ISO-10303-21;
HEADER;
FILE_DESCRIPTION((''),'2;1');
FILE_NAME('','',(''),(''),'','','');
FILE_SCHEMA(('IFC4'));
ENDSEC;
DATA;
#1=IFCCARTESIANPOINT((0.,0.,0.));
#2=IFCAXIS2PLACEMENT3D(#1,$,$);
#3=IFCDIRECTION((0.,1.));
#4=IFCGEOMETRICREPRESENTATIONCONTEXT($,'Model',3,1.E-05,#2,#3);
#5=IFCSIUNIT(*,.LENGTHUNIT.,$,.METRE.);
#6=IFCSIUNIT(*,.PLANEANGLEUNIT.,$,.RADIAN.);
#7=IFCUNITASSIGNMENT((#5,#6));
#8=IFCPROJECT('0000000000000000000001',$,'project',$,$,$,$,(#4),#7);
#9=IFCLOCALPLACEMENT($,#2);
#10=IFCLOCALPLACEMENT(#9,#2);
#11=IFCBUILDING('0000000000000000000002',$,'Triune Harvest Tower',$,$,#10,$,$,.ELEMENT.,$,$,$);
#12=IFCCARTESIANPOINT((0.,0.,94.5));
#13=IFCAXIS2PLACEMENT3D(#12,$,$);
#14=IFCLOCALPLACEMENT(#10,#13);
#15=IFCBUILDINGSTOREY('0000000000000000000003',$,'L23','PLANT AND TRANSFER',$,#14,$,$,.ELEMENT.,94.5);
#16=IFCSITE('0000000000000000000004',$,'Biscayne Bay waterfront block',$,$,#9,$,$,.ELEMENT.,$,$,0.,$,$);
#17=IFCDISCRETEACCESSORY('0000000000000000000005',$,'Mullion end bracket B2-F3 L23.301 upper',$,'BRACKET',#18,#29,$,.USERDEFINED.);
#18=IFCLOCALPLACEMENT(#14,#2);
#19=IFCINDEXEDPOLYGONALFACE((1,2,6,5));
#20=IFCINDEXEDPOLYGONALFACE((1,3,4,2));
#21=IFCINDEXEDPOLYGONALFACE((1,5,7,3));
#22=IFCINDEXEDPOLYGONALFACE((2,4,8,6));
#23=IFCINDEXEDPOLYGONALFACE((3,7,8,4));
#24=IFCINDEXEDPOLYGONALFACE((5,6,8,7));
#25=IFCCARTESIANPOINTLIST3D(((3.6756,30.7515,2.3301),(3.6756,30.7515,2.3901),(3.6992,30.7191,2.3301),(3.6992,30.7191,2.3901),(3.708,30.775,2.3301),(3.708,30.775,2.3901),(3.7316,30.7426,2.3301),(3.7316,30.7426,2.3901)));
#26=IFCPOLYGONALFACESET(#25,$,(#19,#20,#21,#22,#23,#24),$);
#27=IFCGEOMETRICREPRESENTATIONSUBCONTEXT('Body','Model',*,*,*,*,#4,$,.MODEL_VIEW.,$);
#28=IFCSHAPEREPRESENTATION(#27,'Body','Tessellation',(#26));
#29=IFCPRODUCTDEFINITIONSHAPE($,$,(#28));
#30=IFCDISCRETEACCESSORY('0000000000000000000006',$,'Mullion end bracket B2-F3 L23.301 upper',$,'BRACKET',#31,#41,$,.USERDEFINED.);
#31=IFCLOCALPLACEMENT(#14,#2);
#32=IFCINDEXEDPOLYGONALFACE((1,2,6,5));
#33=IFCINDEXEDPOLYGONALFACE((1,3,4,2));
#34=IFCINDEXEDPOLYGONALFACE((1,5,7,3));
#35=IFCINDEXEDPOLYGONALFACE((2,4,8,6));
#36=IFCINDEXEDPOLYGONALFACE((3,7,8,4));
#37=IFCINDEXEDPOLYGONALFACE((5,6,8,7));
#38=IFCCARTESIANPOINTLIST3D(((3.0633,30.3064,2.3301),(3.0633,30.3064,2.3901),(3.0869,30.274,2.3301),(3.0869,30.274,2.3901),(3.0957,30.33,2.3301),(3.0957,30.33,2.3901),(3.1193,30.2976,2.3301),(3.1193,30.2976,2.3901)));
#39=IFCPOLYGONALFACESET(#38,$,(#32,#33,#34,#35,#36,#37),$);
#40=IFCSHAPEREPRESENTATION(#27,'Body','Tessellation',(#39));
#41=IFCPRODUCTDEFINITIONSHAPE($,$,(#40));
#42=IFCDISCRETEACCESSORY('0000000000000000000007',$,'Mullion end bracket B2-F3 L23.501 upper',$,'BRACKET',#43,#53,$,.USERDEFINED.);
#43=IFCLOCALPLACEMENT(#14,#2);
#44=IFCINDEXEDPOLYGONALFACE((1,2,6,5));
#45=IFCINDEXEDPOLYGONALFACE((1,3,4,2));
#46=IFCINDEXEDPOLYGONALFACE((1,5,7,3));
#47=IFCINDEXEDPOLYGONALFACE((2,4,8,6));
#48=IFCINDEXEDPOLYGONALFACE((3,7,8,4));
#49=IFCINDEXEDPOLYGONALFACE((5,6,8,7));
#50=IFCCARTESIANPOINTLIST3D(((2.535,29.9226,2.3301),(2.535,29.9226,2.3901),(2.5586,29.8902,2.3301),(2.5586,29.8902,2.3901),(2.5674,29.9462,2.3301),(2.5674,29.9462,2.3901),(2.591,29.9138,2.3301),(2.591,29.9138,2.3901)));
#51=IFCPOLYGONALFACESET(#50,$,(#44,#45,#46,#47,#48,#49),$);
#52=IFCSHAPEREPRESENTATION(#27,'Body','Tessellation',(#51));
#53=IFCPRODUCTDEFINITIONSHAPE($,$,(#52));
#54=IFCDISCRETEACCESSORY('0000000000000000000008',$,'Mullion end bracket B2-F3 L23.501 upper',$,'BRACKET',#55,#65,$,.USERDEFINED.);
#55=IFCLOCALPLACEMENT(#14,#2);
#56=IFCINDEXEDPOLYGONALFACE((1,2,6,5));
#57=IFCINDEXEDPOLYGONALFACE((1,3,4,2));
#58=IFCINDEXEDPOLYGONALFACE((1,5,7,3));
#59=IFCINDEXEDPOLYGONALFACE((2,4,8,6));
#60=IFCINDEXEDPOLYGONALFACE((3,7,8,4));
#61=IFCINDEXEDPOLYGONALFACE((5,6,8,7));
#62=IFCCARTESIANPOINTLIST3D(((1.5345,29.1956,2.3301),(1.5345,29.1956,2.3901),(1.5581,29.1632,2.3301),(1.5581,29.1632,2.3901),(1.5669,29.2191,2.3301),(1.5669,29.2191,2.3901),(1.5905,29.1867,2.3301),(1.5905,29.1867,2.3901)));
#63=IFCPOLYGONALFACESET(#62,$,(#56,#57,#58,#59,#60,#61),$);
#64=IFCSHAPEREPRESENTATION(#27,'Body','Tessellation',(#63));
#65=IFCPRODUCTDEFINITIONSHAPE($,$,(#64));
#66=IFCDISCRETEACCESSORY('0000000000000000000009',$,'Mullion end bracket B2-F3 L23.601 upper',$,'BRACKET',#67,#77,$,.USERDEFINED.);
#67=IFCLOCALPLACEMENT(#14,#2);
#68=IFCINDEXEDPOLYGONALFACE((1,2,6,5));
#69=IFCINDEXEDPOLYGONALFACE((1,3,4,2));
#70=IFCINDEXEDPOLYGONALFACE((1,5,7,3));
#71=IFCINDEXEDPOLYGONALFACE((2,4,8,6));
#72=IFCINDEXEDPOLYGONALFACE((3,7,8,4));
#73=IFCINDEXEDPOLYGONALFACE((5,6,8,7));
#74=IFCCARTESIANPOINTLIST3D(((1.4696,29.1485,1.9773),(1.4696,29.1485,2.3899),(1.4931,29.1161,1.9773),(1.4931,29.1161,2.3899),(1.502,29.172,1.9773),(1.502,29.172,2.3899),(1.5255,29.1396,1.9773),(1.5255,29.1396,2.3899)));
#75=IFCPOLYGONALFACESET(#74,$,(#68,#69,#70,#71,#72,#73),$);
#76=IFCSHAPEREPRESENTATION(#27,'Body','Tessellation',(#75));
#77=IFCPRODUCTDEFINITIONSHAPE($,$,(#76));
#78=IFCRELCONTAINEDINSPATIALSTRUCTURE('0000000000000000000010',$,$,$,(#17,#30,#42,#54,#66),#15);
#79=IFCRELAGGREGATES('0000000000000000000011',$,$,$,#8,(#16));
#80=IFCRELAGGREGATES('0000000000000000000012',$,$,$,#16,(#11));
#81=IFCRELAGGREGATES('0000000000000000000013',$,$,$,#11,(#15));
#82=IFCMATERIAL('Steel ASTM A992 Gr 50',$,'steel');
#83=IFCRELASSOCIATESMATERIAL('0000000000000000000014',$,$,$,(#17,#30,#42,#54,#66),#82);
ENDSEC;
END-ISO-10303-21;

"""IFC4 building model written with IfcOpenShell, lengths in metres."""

from ifc_helpers import new_model, si_unit, direction, frame, origin, origin_2d, place, context, subcontext, project, spatial, rectangle, extrude, source, transform, mapped, material, element, save


model = new_model("IFC4")

# Units and contexts
model_context = context("Model", 3, precision=1e-05, world=origin(), true_north=direction((0.0, 1.0)))
body_context = subcontext(model_context, "Body", "Model", "MODEL_VIEW")
ifc_project = project(units=[si_unit("LENGTHUNIT", "METRE"), si_unit("PLANEANGLEUNIT", "RADIAN")], contexts=[model_context])

# Site, building, storey
site_placement = place(None, origin())
site = spatial("IfcSite", under=ifc_project, at=site_placement, Name="Biscayne Bay waterfront block", CompositionType="ELEMENT", RefElevation=0.0)
building_placement = place(site_placement, origin())
building = spatial("IfcBuilding", under=site, at=building_placement, Name="Triune Harvest Tower", CompositionType="ELEMENT")
storey_placement = place(building_placement, frame((0.0, 0.0, 94.5)))
storey = spatial("IfcBuildingStorey", under=building, at=storey_placement, Name="L23", Description="PLANT AND TRANSFER", CompositionType="ELEMENT", Elevation=94.5)

# Discrete accessories
ifc_material_1 = material(Name="Steel ASTM A992 Gr 50", Category="steel")
shared_shape_1 = source(origin(), body_context, "Body", "SweptSolid", [
    extrude(rectangle(XDim=0.04, YDim=0.04, at=origin_2d()), origin(), (0.0, 0.0, 1.0), 0.0601),
])
for number, where, z_axis, x_axis, name in (
    (1, (3.7036, 30.7471, 2.3301), (0.0, 0.0, 1.0), (-0.80901, -0.587795, 0.0), "Mullion end bracket B2-F3 L23.301 upper"),
    (2, (3.0913, 30.302, 2.3301), (0.0, 0.0, 1.0), (-0.80901, -0.587795, 0.0), "Mullion end bracket B2-F3 L23.301 upper"),
    (3, (2.563, 29.9182, 2.3301), (0.0, 0.0, 1.0), (-0.809012, -0.587792, 0.0), "Mullion end bracket B2-F3 L23.501 upper"),
    (4, (1.5625, 29.1912, 2.3301), (0.0, 0.0, 1.0), (-0.809012, -0.587792, 0.0), "Mullion end bracket B2-F3 L23.501 upper"),
):
    element("IfcDiscreteAccessory", number, at=place(storey_placement, frame(where, z_axis=z_axis, x_axis=x_axis)), inside=storey, material=ifc_material_1, Name=name, ObjectType="BRACKET", PredefinedType="USERDEFINED", context=body_context, shape_type="MappedRepresentation", body=[
        mapped(shared_shape_1, transform((0.0, 0.0, 0.0), scale=1.0)),
    ])
shared_shape_2 = source(origin(), body_context, "Body", "SweptSolid", [
    extrude(rectangle(XDim=0.04, YDim=0.04, at=origin_2d()), origin(), (0.0, 0.0, 1.0), 0.4126),
])
discrete_accessory_placement = place(storey_placement, frame((1.4976, 29.144, 1.9773), z_axis=(0.0, 0.0, 1.0), x_axis=(-0.809023, -0.587777, 0.0)))
element("IfcDiscreteAccessory", 5, at=discrete_accessory_placement, inside=storey, material=ifc_material_1, Name="Mullion end bracket B2-F3 L23.601 upper", ObjectType="BRACKET", PredefinedType="USERDEFINED", context=body_context, shape_type="MappedRepresentation", body=[
    mapped(shared_shape_2, transform((0.0, 0.0, 0.0), scale=1.0)),
])

save(model, "model.ifc")
